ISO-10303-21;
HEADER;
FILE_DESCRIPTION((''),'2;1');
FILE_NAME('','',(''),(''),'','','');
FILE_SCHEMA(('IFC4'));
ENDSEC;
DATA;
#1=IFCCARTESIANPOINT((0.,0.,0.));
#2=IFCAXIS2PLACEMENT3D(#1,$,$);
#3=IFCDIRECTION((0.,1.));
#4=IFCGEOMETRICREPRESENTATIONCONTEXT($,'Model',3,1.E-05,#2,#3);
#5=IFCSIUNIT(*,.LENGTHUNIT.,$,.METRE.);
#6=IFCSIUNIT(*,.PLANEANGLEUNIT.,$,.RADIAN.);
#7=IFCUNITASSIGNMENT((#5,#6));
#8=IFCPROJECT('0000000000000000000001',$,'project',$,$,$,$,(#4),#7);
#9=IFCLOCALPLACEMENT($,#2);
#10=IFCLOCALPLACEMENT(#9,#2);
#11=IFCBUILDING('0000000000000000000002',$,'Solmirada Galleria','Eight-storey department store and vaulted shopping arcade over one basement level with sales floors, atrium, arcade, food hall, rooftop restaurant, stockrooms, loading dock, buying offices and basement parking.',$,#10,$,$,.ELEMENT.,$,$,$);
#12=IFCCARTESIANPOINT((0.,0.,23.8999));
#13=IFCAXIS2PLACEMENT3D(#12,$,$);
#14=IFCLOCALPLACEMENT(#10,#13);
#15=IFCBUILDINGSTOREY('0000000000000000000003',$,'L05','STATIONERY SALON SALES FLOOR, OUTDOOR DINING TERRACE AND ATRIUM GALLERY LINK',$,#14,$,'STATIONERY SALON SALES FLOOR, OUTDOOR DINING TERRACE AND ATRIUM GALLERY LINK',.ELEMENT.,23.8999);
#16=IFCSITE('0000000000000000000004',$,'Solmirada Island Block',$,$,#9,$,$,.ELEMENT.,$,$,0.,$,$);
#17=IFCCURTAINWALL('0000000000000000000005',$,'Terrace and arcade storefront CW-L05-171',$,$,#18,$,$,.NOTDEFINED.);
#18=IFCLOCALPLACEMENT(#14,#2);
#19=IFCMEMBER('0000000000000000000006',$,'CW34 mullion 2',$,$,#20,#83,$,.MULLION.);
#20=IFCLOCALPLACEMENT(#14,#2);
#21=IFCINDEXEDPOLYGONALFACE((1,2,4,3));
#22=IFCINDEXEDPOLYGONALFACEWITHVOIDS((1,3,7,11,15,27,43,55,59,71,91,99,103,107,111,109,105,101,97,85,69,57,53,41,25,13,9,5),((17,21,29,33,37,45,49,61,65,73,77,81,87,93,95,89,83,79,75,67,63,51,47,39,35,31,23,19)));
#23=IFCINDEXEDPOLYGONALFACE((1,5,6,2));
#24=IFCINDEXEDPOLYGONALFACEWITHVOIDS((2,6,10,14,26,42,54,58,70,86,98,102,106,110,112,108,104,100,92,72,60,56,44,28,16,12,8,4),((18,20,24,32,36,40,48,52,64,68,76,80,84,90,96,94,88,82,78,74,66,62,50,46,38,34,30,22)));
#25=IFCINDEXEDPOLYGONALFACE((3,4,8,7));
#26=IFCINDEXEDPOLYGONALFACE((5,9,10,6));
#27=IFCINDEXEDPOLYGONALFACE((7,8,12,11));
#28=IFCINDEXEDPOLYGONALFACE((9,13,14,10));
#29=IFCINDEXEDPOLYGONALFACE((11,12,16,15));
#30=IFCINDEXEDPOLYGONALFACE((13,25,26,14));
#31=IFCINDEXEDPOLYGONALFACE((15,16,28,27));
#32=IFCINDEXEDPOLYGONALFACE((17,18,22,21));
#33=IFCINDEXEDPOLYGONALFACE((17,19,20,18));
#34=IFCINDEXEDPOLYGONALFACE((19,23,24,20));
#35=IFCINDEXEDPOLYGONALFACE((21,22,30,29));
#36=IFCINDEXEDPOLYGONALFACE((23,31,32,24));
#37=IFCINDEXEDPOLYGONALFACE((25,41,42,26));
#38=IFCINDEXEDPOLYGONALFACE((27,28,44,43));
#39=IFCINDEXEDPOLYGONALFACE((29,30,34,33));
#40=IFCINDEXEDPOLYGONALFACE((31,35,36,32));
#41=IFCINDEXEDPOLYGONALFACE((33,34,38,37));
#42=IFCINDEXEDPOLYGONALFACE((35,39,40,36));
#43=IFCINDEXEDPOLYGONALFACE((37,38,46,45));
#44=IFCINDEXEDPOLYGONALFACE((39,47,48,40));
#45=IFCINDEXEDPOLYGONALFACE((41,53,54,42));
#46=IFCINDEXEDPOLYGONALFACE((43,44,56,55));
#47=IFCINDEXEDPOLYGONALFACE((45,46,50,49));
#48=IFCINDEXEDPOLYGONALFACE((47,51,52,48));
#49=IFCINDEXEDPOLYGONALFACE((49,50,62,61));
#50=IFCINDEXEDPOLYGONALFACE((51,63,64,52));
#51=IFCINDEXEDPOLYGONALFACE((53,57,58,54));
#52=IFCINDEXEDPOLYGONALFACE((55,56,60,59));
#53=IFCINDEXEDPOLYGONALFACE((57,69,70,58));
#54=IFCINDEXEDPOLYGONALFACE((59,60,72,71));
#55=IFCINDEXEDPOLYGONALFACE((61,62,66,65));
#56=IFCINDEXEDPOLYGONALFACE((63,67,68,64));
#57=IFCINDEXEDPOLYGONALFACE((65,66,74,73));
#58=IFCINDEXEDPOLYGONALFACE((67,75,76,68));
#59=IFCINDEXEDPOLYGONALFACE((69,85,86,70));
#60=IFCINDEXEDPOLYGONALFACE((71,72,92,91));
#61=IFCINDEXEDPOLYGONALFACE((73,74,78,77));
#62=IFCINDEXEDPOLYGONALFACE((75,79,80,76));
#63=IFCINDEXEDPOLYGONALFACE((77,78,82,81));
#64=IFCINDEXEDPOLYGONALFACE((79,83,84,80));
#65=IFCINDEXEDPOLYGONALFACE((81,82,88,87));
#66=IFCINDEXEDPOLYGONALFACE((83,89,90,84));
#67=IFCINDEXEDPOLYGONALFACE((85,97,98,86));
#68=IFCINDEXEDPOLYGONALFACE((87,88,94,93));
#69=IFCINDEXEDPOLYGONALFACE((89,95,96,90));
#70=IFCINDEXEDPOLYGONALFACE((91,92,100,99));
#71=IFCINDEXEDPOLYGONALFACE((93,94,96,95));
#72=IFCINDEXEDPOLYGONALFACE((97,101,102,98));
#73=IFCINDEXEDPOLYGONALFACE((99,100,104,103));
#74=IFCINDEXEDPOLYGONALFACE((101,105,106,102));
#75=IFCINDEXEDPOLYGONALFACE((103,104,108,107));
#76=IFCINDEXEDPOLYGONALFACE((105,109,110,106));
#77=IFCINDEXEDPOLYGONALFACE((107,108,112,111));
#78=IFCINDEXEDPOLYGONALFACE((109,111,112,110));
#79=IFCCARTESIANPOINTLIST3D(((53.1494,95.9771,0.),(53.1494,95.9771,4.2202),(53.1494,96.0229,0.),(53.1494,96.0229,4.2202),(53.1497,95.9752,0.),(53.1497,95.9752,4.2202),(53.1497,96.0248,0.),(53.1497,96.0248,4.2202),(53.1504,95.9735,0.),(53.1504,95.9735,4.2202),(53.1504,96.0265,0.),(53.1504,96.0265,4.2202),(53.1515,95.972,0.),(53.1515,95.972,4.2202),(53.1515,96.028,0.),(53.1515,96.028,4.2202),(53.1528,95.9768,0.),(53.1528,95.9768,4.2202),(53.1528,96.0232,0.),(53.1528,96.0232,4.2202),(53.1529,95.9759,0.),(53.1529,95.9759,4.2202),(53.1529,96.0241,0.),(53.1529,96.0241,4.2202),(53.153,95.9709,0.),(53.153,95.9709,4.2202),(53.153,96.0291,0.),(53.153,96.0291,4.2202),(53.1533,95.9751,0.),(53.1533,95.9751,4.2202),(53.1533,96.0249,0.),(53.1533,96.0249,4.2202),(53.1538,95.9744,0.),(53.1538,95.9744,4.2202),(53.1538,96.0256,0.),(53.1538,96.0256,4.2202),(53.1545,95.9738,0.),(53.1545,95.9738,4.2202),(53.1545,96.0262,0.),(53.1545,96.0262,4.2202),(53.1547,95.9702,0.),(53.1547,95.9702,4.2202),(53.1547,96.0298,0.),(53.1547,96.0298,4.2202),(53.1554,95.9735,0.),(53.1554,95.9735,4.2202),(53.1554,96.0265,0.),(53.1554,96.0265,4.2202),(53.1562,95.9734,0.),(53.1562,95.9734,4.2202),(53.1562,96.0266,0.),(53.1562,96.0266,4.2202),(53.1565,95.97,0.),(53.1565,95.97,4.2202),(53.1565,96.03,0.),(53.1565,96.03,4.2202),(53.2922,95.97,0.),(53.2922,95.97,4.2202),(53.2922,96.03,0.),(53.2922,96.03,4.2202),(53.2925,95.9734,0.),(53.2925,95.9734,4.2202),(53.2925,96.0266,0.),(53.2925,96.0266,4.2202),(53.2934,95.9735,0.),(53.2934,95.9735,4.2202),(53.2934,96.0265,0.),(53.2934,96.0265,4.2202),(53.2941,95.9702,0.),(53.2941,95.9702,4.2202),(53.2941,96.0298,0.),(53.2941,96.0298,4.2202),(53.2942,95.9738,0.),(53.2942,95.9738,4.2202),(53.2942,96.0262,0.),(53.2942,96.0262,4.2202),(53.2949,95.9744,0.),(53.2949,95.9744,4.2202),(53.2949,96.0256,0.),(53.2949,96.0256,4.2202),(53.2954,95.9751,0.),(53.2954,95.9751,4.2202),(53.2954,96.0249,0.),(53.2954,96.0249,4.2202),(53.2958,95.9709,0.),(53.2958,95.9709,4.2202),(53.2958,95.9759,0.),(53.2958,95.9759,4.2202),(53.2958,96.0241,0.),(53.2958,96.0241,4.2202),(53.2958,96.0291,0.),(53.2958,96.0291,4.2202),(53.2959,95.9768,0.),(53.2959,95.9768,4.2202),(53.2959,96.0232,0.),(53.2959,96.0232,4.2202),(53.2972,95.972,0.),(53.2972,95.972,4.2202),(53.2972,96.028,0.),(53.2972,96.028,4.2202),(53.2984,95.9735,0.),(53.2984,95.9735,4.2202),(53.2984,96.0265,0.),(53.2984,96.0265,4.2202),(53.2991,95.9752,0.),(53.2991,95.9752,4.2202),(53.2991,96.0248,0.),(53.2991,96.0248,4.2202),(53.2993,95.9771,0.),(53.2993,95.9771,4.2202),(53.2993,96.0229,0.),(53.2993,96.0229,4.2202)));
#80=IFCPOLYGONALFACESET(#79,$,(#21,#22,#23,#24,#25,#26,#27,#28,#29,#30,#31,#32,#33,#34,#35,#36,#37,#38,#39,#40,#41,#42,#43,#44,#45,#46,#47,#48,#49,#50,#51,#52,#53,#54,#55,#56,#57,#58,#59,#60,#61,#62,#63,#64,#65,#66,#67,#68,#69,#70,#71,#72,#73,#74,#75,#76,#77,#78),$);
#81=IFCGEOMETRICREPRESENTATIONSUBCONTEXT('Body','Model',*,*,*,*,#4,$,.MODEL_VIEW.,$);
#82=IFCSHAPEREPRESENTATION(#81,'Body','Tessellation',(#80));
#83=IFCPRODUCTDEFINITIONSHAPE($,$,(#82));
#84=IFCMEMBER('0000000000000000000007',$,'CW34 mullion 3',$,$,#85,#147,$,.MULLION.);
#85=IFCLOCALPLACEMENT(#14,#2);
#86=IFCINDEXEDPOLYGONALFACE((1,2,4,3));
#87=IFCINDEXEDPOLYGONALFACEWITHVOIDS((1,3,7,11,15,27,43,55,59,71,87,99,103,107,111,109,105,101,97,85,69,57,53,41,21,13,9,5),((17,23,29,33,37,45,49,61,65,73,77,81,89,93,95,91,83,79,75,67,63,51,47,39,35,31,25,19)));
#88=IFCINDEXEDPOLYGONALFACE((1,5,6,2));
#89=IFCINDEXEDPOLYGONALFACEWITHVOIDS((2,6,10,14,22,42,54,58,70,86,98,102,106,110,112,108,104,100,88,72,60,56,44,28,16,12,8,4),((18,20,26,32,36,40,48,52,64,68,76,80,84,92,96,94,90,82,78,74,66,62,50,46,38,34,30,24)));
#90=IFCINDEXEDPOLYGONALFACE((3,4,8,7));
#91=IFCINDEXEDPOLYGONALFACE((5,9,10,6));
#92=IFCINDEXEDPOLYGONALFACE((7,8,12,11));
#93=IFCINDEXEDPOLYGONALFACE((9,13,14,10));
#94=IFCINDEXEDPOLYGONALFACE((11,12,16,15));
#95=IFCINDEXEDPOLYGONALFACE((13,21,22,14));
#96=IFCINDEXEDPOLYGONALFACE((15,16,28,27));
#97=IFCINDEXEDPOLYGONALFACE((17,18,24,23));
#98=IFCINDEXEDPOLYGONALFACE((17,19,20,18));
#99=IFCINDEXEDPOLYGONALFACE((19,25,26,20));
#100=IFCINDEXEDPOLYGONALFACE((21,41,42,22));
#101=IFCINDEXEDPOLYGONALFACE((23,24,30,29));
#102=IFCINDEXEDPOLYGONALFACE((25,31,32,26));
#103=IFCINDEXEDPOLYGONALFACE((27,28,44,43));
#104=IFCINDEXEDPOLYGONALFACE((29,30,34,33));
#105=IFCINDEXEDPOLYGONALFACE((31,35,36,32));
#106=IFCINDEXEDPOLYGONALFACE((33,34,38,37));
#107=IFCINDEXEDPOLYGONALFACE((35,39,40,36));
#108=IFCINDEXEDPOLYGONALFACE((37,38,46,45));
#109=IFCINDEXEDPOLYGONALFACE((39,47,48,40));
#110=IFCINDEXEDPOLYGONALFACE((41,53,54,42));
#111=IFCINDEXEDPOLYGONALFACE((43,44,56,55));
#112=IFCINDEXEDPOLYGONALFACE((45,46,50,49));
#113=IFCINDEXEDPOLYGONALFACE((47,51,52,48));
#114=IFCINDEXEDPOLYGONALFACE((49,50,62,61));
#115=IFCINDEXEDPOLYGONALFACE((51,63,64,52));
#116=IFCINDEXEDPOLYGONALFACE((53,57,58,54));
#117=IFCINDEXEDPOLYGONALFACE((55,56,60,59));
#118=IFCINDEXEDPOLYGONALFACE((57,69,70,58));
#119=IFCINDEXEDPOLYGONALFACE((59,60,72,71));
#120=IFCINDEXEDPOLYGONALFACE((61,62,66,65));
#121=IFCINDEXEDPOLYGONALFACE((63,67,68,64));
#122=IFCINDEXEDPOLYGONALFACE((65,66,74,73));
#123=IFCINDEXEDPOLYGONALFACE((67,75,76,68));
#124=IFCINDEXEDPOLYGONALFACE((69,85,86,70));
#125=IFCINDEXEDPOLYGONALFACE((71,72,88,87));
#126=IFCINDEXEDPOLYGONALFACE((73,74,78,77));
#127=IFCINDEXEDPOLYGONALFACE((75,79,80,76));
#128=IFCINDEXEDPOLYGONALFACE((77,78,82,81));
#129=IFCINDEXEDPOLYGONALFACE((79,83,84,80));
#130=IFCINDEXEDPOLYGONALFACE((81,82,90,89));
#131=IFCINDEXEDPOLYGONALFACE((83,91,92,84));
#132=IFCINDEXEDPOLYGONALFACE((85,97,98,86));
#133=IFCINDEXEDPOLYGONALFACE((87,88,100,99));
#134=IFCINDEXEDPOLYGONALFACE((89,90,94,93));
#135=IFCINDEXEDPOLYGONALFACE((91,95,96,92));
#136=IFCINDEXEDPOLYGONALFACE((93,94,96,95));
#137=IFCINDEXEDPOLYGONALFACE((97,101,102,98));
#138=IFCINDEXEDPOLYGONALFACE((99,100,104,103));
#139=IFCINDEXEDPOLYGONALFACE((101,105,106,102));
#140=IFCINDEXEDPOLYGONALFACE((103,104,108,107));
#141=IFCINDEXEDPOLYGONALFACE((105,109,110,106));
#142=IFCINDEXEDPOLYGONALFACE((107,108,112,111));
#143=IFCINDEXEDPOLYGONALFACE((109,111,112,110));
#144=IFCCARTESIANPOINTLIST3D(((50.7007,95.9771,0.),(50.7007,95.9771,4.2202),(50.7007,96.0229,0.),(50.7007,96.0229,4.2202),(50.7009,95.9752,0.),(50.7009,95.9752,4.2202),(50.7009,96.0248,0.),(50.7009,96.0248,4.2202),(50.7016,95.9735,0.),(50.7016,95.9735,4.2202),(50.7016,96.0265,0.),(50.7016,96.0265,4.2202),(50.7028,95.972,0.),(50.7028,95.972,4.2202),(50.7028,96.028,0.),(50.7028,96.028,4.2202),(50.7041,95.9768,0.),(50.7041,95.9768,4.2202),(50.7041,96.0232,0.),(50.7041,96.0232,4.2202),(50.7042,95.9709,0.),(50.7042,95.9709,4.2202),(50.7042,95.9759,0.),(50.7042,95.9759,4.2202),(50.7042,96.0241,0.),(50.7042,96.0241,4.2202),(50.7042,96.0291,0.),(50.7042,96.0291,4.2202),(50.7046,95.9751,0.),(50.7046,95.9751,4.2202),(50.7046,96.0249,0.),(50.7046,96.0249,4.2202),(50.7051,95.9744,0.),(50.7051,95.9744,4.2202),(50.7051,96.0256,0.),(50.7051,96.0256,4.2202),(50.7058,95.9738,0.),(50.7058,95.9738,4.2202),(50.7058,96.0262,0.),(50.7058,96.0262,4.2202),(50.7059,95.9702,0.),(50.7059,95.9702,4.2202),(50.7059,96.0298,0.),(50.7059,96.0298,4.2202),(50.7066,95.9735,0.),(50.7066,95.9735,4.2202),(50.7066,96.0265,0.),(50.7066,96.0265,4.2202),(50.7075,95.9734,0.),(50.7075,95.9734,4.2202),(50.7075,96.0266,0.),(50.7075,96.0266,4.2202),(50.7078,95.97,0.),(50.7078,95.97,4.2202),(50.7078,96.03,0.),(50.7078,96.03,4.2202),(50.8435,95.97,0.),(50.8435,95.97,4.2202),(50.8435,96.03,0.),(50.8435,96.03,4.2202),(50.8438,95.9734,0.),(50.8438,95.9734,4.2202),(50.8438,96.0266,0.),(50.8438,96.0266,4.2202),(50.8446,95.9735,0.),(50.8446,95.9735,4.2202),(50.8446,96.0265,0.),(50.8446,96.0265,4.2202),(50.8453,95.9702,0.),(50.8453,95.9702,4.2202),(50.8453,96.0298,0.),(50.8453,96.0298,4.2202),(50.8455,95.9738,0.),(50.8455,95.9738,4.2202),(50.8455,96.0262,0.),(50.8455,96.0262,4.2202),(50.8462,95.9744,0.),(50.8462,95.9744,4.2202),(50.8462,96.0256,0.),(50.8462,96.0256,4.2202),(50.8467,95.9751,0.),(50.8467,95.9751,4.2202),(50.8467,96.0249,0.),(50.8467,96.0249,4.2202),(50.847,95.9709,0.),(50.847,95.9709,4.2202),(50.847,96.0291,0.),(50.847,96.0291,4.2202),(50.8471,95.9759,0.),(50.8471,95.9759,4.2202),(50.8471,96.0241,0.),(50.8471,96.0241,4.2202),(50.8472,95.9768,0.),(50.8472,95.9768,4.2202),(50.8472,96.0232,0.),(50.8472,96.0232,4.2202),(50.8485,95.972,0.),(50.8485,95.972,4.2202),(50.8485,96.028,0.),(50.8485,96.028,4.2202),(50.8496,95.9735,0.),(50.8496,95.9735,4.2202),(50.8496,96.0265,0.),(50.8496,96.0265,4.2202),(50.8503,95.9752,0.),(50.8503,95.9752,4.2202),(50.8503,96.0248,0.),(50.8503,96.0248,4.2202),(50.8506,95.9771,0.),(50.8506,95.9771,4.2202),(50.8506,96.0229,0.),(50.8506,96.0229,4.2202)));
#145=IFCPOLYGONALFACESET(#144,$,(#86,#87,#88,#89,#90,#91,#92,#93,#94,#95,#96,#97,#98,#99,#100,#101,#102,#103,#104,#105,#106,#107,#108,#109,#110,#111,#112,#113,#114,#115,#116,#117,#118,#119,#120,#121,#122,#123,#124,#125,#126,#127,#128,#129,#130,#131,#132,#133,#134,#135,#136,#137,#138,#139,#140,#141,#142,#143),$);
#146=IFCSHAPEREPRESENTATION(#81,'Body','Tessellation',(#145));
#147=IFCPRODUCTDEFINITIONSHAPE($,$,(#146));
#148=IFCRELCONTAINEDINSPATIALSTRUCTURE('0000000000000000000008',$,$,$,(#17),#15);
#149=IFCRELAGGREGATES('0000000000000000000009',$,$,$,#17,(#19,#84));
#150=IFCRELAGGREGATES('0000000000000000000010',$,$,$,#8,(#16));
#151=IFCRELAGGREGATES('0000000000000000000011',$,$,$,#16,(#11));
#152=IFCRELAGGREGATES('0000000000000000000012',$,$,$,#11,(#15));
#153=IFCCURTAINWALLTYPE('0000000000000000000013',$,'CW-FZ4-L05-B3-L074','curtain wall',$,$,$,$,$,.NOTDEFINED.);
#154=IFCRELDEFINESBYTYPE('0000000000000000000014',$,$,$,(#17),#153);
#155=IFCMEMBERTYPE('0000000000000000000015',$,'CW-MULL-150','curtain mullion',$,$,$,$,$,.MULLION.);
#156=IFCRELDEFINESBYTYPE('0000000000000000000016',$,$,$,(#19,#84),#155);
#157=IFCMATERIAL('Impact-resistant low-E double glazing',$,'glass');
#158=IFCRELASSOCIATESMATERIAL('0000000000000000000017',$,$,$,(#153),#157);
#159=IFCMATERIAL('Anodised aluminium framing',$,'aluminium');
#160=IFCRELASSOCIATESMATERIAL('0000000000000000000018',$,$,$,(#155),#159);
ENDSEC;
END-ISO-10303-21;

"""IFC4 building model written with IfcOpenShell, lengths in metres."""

from ifc_helpers import new_model, si_unit, direction, frame, origin, origin_2d, place, context, subcontext, project, spatial, hollow_rectangle, extrude, material, material_profile, profile_set, type_object, element, aggregate, save


model = new_model("IFC4")

# Units and contexts
model_context = context("Model", 3, precision=1e-05, world=origin(), true_north=direction((0.0, 1.0)))
body_context = subcontext(model_context, "Body", "Model", "MODEL_VIEW")
ifc_project = project(units=[si_unit("LENGTHUNIT", "METRE"), si_unit("PLANEANGLEUNIT", "RADIAN")], contexts=[model_context])

# Site, building, storey
site_placement = place(None, origin())
site = spatial("IfcSite", under=ifc_project, at=site_placement, Name="Solmirada Island Block", CompositionType="ELEMENT", RefElevation=0.0)
building_placement = place(site_placement, origin())
building = spatial("IfcBuilding", under=site, at=building_placement, Name="Solmirada Galleria", Description="Eight-storey department store and vaulted shopping arcade over one basement level with sales floors, atrium, arcade, food hall, rooftop restaurant, stockrooms, loading dock, buying offices and basement parking.", CompositionType="ELEMENT")
storey_placement = place(building_placement, frame((0.0, 0.0, 23.8999)))
storey = spatial("IfcBuildingStorey", under=building, at=storey_placement, Name="L05", Description="STATIONERY SALON SALES FLOOR, OUTDOOR DINING TERRACE AND ATRIUM GALLERY LINK", LongName="STATIONERY SALON SALES FLOOR, OUTDOOR DINING TERRACE AND ATRIUM GALLERY LINK", CompositionType="ELEMENT", Elevation=23.8999)

# Curtain wall, members
ifc_material_1 = material(Name="Impact-resistant low-E double glazing", Category="glass")
curtain_wall_type = type_object("IfcCurtainWallType", Name="CW-FZ4-L05-B3-L074", Description="curtain wall", PredefinedType="NOTDEFINED", material=ifc_material_1)
curtain_wall_placement = place(storey_placement, origin())
curtain_wall = element("IfcCurtainWall", 1, at=curtain_wall_placement, inside=storey, type_object=curtain_wall_type, Name="Terrace and arcade storefront CW-L05-171", PredefinedType="NOTDEFINED")
ifc_material_2 = material(Name="Anodised aluminium framing", Category="aluminium")
ifc_material_profile_1 = material_profile(ifc_material_2, hollow_rectangle(XDim=0.0601, YDim=0.1499, WallThickness=0.0034, InnerFilletRadius=0.0034, OuterFilletRadius=0.0071, at=origin_2d()), Name="ALU-MULL-150X60")
ifc_profile_set_1 = profile_set([ifc_material_profile_1], Name="Anodised aluminium framing")
member_type_1 = type_object("IfcMemberType", Name="CW-MULL-150", Description="curtain mullion", PredefinedType="MULLION", material=ifc_profile_set_1)
member_1_placement = place(storey_placement, frame((53.2244, 96.0, 0.0), z_axis=(0.0, 0.0, 1.0), x_axis=(0.0, -1.0, 0.0)))
member_1 = element("IfcMember", 2, at=member_1_placement, type_object=member_type_1, Name="CW34 mullion 2", PredefinedType="MULLION", context=body_context, shape_type="SweptSolid", body=[
    extrude(hollow_rectangle(XDim=0.0601, YDim=0.1499, WallThickness=0.0034, InnerFilletRadius=0.0034, OuterFilletRadius=0.0071, at=origin_2d()), origin(), (0.0, 0.0, 1.0), 4.2202),
])
member_2_placement = place(storey_placement, frame((50.7756, 96.0, 0.0), z_axis=(0.0, 0.0, 1.0), x_axis=(0.0, -1.0, 0.0)))
member_2 = element("IfcMember", 3, at=member_2_placement, type_object=member_type_1, Name="CW34 mullion 3", PredefinedType="MULLION", context=body_context, shape_type="SweptSolid", body=[
    extrude(hollow_rectangle(XDim=0.0601, YDim=0.1499, WallThickness=0.0034, InnerFilletRadius=0.0034, OuterFilletRadius=0.0071, at=origin_2d()), origin(), (0.0, 0.0, 1.0), 4.2202),
])
aggregate(curtain_wall, [member_1, member_2])

save(model, "model.ifc")
